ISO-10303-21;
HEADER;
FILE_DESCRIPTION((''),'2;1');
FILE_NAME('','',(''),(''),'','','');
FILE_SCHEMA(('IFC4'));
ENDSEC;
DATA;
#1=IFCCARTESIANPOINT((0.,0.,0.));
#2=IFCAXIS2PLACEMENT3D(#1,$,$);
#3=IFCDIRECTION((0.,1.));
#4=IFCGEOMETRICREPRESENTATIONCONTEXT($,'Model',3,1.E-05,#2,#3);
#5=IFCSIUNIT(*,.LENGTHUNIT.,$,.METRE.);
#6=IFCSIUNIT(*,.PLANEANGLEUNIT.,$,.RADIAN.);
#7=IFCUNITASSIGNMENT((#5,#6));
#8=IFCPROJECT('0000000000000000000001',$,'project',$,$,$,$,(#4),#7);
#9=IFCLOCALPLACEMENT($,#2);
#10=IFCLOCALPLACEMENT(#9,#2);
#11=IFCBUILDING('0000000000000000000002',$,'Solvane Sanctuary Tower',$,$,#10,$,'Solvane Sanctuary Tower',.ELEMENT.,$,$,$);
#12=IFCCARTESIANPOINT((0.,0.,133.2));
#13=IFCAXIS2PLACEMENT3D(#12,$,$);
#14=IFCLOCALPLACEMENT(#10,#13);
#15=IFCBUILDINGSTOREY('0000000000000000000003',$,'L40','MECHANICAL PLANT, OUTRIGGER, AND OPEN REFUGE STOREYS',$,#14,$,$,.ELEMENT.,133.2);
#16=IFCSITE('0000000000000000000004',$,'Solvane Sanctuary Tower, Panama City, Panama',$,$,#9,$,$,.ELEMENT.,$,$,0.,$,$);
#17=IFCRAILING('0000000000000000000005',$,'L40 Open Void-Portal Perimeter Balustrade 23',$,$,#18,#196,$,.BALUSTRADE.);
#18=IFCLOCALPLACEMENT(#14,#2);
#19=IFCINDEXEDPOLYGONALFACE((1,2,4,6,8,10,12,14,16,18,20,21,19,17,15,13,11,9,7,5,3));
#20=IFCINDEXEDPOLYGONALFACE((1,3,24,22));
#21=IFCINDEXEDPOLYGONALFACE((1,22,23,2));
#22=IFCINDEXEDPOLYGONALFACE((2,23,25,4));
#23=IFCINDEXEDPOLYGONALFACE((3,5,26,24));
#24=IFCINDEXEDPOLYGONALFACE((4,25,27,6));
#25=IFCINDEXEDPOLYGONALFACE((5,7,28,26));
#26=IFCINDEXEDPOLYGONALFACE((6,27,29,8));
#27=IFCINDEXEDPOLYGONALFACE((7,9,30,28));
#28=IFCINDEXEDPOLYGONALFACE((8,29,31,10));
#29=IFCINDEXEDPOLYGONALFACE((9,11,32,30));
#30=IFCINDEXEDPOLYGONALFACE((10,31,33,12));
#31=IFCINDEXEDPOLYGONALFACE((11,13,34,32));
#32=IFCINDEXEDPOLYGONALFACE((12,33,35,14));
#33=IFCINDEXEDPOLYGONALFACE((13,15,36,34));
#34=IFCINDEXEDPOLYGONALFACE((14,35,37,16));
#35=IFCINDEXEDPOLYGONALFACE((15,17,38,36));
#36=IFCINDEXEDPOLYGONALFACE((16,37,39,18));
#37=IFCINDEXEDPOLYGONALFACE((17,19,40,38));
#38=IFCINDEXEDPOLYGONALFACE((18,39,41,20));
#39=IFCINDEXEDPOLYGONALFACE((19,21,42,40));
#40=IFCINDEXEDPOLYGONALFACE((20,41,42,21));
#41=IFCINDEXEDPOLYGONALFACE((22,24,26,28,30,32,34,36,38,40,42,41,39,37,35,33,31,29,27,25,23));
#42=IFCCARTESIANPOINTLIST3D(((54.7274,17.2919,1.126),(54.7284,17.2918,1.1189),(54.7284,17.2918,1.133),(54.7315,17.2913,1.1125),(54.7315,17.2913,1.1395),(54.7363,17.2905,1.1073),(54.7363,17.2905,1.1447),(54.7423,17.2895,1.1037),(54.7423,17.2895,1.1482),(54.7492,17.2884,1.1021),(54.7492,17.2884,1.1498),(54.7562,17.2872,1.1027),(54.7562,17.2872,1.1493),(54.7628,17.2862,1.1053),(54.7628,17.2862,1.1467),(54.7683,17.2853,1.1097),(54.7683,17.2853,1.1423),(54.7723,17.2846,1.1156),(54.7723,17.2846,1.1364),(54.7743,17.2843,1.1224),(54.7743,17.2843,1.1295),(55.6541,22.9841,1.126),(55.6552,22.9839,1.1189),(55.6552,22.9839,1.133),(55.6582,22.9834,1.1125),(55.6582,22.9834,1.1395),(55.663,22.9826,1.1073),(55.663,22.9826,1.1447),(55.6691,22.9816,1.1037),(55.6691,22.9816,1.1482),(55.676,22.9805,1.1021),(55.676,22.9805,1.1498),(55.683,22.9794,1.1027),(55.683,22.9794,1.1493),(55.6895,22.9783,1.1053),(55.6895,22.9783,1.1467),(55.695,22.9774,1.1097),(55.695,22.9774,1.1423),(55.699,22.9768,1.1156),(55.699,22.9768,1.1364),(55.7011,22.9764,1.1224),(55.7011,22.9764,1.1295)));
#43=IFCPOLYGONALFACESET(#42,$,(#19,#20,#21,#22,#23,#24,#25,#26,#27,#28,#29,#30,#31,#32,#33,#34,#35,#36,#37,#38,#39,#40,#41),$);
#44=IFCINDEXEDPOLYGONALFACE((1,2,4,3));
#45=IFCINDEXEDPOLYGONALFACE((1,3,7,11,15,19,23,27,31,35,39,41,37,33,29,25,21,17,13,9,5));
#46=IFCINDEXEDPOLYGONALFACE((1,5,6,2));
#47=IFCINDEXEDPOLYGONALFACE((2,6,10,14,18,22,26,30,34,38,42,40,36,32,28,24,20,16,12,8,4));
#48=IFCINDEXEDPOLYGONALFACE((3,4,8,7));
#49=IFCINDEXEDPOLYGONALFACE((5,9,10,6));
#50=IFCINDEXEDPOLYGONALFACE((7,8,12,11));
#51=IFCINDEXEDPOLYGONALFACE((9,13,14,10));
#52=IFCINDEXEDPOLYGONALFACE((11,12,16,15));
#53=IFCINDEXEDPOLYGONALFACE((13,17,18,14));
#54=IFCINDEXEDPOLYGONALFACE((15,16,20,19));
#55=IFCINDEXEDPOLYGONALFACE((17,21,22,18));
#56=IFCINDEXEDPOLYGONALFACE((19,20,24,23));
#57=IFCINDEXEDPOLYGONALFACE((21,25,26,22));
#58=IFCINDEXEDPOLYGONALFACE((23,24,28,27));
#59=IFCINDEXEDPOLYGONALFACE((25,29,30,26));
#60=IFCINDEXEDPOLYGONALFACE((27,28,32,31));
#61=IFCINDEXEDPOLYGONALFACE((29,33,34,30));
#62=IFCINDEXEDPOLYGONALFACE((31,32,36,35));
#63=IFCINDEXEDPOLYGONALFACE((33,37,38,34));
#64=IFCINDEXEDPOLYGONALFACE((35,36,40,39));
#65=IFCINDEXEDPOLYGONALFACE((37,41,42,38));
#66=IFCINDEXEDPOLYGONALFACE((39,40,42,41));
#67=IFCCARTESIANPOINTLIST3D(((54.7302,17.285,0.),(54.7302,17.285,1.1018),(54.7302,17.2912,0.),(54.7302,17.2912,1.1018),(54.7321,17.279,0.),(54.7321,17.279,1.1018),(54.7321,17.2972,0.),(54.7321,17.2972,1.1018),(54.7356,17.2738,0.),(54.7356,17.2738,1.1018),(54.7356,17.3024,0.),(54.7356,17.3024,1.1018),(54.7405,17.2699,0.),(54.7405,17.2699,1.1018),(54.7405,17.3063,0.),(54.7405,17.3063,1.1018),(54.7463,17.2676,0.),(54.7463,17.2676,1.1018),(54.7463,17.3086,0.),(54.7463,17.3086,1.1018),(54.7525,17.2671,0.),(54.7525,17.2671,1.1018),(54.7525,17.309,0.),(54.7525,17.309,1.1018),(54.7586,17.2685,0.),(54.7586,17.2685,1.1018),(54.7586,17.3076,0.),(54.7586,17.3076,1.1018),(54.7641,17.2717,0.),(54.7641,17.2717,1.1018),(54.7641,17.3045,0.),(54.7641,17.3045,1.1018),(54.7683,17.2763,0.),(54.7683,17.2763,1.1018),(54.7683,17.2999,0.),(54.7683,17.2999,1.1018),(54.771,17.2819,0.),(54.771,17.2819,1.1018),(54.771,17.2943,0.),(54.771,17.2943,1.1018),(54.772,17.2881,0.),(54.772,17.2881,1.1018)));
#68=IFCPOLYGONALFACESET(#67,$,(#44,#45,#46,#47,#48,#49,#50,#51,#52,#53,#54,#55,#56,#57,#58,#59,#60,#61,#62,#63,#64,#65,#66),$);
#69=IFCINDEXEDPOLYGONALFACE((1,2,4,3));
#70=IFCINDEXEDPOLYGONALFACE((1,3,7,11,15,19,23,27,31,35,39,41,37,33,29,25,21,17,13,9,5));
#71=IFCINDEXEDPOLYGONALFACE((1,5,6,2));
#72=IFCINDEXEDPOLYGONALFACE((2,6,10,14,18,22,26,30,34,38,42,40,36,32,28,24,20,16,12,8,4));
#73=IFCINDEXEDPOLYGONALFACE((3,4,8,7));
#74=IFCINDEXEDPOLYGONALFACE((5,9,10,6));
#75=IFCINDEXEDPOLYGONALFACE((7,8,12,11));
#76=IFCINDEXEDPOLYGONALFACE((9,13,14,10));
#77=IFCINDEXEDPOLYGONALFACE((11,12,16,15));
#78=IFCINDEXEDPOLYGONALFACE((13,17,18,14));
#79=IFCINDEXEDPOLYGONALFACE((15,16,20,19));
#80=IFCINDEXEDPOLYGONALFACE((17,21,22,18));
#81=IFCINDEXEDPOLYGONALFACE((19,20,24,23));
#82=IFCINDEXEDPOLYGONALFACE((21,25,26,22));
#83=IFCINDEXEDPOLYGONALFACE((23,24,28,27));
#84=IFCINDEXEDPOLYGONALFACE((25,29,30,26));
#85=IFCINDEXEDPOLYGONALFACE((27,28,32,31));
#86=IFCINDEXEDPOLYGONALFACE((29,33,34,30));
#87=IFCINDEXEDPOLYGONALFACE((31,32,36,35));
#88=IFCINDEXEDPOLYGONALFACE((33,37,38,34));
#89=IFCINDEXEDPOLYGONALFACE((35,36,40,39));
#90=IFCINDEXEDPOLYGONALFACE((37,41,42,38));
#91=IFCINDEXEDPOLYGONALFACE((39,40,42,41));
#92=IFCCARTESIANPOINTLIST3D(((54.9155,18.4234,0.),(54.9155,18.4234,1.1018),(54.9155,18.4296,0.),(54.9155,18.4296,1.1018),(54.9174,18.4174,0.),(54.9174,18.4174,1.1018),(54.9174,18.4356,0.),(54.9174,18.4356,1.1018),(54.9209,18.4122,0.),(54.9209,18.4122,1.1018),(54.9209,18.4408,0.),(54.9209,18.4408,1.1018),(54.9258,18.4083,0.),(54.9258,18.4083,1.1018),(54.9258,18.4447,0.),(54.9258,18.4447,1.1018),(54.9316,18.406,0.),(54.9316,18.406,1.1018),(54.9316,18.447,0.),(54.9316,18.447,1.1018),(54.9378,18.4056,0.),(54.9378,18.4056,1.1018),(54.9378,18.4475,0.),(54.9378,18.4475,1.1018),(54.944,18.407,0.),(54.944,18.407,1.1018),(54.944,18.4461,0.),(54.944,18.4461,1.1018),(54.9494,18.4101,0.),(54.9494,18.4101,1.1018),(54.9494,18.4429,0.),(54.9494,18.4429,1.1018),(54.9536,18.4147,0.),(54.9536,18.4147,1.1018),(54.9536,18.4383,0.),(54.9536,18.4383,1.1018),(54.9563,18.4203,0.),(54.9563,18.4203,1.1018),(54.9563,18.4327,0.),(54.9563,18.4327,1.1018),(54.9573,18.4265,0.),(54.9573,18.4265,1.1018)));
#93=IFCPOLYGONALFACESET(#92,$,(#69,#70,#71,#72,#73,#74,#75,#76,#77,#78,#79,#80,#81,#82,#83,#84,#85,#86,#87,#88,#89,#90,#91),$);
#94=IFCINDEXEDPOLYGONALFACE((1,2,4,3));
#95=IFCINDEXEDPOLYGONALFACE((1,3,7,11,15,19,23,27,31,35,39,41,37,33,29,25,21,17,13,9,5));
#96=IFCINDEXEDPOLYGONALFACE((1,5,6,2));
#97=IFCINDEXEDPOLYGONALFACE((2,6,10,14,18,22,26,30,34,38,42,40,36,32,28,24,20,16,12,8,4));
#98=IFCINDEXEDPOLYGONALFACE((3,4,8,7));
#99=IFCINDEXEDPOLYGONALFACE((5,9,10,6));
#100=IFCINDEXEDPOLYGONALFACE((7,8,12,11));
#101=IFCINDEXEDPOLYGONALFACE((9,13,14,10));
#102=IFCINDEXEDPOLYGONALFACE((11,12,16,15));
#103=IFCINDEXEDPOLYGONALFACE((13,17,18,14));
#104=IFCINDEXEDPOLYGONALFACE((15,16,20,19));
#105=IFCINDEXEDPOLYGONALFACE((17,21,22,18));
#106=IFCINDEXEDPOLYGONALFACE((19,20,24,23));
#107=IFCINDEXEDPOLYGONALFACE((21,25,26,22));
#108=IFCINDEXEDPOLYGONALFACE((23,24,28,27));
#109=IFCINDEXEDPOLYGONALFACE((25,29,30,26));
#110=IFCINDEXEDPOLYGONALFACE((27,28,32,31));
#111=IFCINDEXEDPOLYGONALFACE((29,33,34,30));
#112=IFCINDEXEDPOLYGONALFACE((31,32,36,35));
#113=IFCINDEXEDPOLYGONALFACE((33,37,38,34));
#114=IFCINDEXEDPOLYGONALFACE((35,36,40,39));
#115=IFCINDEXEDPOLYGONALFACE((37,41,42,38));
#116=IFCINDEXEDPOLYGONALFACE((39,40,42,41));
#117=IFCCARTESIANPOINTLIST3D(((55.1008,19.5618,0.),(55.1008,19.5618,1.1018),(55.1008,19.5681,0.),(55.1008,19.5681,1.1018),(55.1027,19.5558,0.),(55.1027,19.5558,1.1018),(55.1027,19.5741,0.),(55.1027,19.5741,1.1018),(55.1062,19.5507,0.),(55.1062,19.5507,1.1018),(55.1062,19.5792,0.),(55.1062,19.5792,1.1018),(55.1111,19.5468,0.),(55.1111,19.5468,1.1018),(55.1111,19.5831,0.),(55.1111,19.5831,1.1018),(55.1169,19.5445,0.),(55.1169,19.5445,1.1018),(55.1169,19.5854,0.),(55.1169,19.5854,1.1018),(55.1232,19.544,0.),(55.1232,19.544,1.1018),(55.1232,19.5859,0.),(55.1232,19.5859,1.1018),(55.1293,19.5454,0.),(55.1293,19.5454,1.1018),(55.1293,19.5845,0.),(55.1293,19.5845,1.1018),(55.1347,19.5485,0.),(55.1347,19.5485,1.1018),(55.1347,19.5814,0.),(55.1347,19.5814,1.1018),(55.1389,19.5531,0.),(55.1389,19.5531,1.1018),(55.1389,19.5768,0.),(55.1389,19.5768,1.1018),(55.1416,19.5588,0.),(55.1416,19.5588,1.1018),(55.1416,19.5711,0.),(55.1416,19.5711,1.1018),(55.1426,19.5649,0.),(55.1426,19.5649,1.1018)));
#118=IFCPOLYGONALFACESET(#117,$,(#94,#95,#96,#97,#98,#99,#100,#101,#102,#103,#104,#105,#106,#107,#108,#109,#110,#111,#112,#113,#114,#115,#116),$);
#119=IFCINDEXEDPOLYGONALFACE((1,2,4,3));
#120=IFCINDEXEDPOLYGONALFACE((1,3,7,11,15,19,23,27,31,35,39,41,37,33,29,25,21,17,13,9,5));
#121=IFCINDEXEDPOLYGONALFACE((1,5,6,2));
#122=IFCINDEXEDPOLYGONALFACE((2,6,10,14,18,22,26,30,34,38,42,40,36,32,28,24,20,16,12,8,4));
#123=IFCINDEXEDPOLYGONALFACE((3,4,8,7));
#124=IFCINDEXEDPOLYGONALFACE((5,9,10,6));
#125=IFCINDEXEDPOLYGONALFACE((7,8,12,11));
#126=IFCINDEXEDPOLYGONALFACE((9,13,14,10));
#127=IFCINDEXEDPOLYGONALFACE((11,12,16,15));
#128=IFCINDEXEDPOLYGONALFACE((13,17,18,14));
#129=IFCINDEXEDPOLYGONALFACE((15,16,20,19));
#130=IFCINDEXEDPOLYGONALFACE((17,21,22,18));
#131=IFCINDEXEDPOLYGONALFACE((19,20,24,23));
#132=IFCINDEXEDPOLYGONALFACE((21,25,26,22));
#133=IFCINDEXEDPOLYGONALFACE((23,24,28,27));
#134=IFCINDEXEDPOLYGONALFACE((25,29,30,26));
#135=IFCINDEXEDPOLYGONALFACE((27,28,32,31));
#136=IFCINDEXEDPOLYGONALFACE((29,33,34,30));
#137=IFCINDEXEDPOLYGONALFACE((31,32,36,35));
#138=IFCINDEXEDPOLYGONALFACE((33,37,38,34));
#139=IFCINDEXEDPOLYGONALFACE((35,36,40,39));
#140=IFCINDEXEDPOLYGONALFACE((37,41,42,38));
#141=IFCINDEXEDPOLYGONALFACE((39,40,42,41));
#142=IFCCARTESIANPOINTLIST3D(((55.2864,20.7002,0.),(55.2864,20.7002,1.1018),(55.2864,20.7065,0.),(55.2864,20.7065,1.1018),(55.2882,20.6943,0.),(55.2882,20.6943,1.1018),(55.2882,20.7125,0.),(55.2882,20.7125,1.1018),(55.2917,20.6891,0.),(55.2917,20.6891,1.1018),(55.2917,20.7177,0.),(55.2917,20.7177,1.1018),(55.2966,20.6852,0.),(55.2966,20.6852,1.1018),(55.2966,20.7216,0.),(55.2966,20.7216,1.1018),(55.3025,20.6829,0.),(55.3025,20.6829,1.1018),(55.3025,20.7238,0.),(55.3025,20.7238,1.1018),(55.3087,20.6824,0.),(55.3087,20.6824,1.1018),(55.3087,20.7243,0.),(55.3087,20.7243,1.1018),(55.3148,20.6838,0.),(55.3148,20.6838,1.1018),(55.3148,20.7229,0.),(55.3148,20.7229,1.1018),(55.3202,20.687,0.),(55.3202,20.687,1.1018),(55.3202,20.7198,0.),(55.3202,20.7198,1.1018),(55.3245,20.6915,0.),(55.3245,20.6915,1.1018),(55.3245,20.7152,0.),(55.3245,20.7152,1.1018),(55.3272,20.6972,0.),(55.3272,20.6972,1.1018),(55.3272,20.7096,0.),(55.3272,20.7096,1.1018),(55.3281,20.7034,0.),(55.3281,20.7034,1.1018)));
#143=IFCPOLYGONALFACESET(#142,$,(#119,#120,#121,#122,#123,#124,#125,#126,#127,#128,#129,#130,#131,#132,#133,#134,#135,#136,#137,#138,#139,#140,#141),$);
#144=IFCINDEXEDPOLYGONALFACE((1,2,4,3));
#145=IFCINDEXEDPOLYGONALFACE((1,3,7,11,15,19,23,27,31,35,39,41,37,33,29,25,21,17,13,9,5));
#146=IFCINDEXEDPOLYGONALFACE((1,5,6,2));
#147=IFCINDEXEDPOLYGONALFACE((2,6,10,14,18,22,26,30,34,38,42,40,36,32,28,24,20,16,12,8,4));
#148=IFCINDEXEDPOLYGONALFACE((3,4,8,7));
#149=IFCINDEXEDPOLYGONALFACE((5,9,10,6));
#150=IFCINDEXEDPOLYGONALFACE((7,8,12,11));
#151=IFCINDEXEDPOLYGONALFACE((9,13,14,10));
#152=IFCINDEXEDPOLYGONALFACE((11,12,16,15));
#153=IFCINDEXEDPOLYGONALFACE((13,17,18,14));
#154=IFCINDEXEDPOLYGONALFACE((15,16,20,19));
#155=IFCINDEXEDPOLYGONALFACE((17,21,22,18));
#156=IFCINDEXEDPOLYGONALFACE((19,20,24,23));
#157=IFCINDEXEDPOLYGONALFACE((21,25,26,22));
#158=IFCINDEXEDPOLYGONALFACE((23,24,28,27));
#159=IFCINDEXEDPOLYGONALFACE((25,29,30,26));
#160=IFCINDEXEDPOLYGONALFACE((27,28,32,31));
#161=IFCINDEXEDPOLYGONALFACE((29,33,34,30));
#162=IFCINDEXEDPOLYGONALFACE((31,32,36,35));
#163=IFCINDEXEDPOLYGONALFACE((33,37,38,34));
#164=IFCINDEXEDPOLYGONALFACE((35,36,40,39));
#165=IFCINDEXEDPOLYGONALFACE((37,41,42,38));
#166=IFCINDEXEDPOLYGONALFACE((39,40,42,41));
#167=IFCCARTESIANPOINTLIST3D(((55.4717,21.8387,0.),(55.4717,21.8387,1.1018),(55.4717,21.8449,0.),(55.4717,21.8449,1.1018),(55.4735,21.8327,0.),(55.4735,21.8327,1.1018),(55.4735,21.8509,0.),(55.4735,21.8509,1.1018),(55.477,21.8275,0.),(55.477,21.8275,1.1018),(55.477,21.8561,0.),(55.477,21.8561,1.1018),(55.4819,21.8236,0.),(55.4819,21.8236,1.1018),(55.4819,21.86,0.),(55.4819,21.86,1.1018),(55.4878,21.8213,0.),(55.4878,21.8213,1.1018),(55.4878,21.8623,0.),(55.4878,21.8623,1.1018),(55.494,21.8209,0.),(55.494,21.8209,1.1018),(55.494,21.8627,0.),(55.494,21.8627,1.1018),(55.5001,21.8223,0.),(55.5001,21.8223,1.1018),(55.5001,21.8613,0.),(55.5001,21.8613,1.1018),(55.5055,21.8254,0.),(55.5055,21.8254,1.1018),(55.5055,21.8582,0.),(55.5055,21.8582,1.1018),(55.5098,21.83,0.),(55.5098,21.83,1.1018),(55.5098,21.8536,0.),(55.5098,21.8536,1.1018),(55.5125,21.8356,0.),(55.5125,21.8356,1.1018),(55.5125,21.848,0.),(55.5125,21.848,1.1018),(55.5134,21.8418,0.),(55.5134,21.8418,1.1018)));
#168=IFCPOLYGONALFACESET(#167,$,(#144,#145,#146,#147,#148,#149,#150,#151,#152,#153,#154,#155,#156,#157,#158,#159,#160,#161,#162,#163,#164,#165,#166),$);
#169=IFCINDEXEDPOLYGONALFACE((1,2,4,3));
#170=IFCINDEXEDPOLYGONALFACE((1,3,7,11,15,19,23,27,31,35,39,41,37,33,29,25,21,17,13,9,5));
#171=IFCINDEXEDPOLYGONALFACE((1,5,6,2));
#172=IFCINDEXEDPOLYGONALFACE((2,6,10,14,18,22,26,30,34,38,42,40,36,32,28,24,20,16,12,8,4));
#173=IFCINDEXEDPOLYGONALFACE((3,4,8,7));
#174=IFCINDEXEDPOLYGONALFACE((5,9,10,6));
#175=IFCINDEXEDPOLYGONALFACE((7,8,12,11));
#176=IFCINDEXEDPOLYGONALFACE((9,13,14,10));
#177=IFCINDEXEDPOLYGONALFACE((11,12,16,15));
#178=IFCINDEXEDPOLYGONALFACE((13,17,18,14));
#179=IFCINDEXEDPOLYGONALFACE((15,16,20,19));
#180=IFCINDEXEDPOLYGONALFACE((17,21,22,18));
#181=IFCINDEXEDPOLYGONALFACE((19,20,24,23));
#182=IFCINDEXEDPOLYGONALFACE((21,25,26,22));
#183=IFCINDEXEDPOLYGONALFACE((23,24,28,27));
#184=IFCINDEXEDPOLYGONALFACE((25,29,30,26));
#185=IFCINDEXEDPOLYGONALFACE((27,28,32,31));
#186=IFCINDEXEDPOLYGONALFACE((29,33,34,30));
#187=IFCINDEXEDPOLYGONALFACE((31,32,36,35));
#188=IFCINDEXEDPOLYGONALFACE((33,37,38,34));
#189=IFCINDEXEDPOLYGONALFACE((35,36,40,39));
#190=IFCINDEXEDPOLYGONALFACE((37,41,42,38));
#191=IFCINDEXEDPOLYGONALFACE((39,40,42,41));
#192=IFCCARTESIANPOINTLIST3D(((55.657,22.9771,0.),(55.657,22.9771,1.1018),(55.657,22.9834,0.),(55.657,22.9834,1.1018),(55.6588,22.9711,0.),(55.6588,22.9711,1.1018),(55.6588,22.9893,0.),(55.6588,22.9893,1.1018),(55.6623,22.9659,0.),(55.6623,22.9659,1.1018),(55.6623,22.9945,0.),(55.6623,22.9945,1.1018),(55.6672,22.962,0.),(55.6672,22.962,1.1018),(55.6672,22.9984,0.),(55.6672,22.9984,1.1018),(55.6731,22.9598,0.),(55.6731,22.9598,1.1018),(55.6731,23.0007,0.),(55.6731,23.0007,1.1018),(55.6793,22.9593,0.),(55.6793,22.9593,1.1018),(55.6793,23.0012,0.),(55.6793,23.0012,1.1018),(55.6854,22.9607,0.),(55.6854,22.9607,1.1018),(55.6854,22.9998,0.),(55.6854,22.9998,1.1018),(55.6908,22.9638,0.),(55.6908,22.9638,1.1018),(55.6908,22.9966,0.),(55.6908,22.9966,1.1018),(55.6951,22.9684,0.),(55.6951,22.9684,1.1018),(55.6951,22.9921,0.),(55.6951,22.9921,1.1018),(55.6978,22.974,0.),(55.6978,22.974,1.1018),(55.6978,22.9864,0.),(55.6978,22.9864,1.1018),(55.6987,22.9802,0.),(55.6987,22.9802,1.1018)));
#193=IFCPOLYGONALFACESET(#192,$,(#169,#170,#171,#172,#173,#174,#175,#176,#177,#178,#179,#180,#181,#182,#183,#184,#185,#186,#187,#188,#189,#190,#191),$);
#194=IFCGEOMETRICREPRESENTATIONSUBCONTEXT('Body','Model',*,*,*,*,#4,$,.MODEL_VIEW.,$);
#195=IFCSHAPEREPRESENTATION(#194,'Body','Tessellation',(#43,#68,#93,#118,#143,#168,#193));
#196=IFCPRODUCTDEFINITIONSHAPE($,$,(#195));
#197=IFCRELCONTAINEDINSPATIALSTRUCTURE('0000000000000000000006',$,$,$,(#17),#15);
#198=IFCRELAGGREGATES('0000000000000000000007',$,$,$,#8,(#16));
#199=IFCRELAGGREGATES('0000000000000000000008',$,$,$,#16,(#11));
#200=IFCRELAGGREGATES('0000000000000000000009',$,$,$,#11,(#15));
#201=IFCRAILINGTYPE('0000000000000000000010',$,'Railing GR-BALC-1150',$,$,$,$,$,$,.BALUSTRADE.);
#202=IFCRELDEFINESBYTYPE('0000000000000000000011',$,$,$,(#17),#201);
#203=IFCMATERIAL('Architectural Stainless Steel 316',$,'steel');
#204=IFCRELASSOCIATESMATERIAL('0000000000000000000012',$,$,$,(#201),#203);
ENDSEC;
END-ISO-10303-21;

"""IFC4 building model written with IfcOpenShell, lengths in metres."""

from ifc_helpers import new_model, si_unit, direction, frame, origin, origin_2d, place, context, subcontext, project, spatial, circle, extrude, material, type_object, element, save


model = new_model("IFC4")

# Units and contexts
model_context = context("Model", 3, precision=1e-05, world=origin(), true_north=direction((0.0, 1.0)))
body_context = subcontext(model_context, "Body", "Model", "MODEL_VIEW")
ifc_project = project(units=[si_unit("LENGTHUNIT", "METRE"), si_unit("PLANEANGLEUNIT", "RADIAN")], contexts=[model_context])

# Site, building, storey
site_placement = place(None, origin())
site = spatial("IfcSite", under=ifc_project, at=site_placement, Name="Solvane Sanctuary Tower, Panama City, Panama", CompositionType="ELEMENT", RefElevation=0.0)
building_placement = place(site_placement, origin())
building = spatial("IfcBuilding", under=site, at=building_placement, Name="Solvane Sanctuary Tower", LongName="Solvane Sanctuary Tower", CompositionType="ELEMENT")
storey_placement = place(building_placement, frame((0.0, 0.0, 133.2)))
storey = spatial("IfcBuildingStorey", under=building, at=storey_placement, Name="L40", Description="MECHANICAL PLANT, OUTRIGGER, AND OPEN REFUGE STOREYS", CompositionType="ELEMENT", Elevation=133.2)

# Shared definitions
ifc_material_1 = material(Name="Architectural Stainless Steel 316", Category="steel")

# Railing
railing_type_1 = type_object("IfcRailingType", Name="Railing GR-BALC-1150", PredefinedType="BALUSTRADE", material=ifc_material_1)
railing_1_placement = place(storey_placement, frame((54.751, 17.2881, 0.0)))
element("IfcRailing", 1, at=railing_1_placement, inside=storey, type_object=railing_type_1, Name="L40 Open Void-Portal Perimeter Balustrade 23", PredefinedType="BALUSTRADE", context=body_context, shape_type="SweptSolid", body=[
    extrude(circle(Radius=0.0239, at=origin_2d()), frame((0.0, 0.0, 1.126), z_axis=(0.160698, 0.987004, 0.0), x_axis=(-0.987004, 0.160698, 0.0)), (0.0, 0.0, 1.0), 5.7671),
    extrude(circle(Radius=0.021, at=origin_2d()), origin(), (0.0, 0.0, 1.0), 1.1018),
    extrude(circle(Radius=0.021, at=origin_2d()), frame((0.1853, 1.1384, 0.0)), (0.0, 0.0, 1.0), 1.1018),
    extrude(circle(Radius=0.021, at=origin_2d()), frame((0.3706, 2.2769, 0.0)), (0.0, 0.0, 1.0), 1.1018),
    extrude(circle(Radius=0.021, at=origin_2d()), frame((0.5562, 3.4153, 0.0)), (0.0, 0.0, 1.0), 1.1018),
    extrude(circle(Radius=0.021, at=origin_2d()), frame((0.7415, 4.5537, 0.0)), (0.0, 0.0, 1.0), 1.1018),
    extrude(circle(Radius=0.021, at=origin_2d()), frame((0.9268, 5.6921, 0.0)), (0.0, 0.0, 1.0), 1.1018),
])

save(model, "model.ifc")
